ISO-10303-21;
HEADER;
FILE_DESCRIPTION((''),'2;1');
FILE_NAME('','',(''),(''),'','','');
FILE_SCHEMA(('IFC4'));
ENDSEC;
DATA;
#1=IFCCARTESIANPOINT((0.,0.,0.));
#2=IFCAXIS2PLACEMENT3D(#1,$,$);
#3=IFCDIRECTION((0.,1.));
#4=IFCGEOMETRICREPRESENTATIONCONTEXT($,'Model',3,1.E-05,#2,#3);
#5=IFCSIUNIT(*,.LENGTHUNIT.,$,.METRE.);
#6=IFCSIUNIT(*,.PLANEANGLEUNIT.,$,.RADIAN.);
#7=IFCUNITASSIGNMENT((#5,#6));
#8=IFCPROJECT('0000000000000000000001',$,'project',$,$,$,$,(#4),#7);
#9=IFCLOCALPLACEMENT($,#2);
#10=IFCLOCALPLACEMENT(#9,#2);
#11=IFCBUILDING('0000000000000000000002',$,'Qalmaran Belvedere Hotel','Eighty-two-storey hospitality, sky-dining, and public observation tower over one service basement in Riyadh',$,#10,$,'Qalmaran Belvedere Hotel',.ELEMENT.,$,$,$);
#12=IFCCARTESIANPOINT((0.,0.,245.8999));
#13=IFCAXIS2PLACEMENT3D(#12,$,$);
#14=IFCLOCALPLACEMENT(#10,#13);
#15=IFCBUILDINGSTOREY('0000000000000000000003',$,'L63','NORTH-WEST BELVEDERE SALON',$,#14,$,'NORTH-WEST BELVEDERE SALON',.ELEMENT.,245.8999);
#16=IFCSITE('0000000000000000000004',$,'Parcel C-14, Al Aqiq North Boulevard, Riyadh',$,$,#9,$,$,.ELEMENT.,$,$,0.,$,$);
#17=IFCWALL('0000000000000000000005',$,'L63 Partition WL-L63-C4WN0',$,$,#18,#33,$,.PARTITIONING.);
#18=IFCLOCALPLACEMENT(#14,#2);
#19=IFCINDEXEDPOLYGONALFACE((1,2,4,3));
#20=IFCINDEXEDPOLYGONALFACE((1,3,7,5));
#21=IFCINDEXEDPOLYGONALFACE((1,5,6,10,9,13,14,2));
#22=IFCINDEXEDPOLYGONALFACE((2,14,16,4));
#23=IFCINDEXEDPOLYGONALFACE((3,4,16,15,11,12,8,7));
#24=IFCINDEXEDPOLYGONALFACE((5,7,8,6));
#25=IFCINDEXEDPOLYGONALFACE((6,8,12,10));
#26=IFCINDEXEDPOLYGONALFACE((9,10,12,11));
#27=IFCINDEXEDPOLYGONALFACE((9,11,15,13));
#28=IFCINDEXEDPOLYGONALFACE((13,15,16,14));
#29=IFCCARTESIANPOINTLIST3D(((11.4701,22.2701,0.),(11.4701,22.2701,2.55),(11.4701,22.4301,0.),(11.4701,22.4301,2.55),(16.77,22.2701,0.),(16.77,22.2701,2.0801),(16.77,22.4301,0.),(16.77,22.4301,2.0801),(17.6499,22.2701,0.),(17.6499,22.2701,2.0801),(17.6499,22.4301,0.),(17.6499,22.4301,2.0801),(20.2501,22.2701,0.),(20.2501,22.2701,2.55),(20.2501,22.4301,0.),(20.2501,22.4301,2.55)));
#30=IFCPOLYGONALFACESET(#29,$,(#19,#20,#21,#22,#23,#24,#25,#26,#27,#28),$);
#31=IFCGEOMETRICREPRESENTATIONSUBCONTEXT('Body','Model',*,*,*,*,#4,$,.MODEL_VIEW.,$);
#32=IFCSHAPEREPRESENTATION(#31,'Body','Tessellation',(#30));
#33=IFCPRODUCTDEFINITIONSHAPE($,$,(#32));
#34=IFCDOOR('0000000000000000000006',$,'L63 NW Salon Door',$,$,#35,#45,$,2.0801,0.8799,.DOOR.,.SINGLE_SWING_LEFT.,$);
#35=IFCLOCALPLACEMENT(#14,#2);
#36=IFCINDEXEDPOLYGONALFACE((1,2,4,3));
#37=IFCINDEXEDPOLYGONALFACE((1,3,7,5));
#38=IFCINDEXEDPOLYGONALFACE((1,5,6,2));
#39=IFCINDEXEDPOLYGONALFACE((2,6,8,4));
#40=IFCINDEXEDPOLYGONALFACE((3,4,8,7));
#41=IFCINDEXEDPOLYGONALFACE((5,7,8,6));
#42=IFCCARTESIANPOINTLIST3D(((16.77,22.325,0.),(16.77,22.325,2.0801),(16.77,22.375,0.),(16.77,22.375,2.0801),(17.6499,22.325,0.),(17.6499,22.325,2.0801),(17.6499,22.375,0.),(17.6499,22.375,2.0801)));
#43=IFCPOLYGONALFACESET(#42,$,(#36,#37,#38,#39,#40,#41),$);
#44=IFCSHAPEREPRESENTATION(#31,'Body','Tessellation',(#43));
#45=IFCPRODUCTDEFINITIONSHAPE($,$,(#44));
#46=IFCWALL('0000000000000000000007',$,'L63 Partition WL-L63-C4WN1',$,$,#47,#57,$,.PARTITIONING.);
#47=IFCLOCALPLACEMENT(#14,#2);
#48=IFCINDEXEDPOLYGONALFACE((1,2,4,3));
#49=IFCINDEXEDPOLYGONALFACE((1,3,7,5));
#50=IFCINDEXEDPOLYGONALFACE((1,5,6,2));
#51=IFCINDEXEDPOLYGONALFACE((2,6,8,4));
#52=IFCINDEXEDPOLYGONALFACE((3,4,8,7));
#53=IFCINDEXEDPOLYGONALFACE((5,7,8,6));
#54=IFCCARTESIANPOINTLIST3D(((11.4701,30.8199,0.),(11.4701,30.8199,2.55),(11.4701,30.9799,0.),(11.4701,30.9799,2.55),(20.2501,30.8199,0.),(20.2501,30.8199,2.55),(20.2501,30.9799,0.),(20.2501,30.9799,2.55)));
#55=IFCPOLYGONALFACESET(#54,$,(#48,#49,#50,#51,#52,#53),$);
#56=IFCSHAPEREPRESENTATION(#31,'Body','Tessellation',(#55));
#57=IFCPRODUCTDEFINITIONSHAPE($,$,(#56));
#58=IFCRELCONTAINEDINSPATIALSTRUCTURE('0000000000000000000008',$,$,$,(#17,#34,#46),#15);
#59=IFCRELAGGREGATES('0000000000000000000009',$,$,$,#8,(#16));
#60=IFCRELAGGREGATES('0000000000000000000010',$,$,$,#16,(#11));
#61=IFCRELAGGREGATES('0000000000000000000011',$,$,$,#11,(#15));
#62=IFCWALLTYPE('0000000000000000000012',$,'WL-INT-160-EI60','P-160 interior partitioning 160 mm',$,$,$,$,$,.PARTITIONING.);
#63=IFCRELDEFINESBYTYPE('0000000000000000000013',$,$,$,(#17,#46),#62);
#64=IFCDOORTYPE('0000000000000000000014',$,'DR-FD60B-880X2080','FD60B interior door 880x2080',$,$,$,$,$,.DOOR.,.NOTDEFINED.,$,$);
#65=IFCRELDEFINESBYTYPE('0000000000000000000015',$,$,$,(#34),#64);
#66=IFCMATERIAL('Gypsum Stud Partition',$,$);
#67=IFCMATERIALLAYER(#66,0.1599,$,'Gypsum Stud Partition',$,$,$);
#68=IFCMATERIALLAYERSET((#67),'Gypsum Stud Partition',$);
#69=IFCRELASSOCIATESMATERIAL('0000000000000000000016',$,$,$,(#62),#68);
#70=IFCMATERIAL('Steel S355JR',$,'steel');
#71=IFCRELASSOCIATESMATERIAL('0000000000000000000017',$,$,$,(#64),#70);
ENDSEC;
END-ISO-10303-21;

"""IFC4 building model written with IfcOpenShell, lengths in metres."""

from ifc_helpers import new_model, si_unit, direction, frame, frame_2d, origin, place, context, subcontext, project, spatial, rectangle, extrude, material, layer, layer_set, type_object, element, fill, save


model = new_model("IFC4")

# Units and contexts
model_context = context("Model", 3, precision=1e-05, world=origin(), true_north=direction((0.0, 1.0)))
body_context = subcontext(model_context, "Body", "Model", "MODEL_VIEW")
ifc_project = project(units=[si_unit("LENGTHUNIT", "METRE"), si_unit("PLANEANGLEUNIT", "RADIAN")], contexts=[model_context])

# Site, building, storey
site_placement = place(None, origin())
site = spatial("IfcSite", under=ifc_project, at=site_placement, Name="Parcel C-14, Al Aqiq North Boulevard, Riyadh", CompositionType="ELEMENT", RefElevation=0.0)
building_placement = place(site_placement, origin())
building = spatial("IfcBuilding", under=site, at=building_placement, Name="Qalmaran Belvedere Hotel", Description="Eighty-two-storey hospitality, sky-dining, and public observation tower over one service basement in Riyadh", LongName="Qalmaran Belvedere Hotel", CompositionType="ELEMENT")
storey_placement = place(building_placement, frame((0.0, 0.0, 245.8999)))
storey = spatial("IfcBuildingStorey", under=building, at=storey_placement, Name="L63", Description="NORTH-WEST BELVEDERE SALON", LongName="NORTH-WEST BELVEDERE SALON", CompositionType="ELEMENT", Elevation=245.8999)

# Shared definitions
ifc_material_1 = material(Name="Steel S355JR", Category="steel")

# Shared definitions
ifc_material_2 = material(Name="Gypsum Stud Partition")
ifc_layer_1 = layer(ifc_material_2, 0.1599, Name="Gypsum Stud Partition")
ifc_layer_set_1 = layer_set([ifc_layer_1], Name="Gypsum Stud Partition")
wall_type = type_object("IfcWallType", Name="WL-INT-160-EI60", Description="P-160 interior partitioning 160 mm", PredefinedType="PARTITIONING", material=ifc_layer_set_1)

# Wall, opening, door
wall_1_placement = place(storey_placement, frame((11.47, 22.3501, 0.0), z_axis=(0.0, 0.0, 1.0), x_axis=(1.0, 0.0, 0.0)))
wall_1 = element("IfcWall", 1, at=wall_1_placement, inside=storey, type_object=wall_type, Name="L63 Partition WL-L63-C4WN0", PredefinedType="PARTITIONING", context=body_context, shape_type="SweptSolid", body=[
    extrude(rectangle(XDim=8.78, YDim=0.1599, at=frame_2d((4.3901, 0.0))), origin(), (0.0, 0.0, 1.0), 2.55),
])
opening_placement = place(wall_1_placement, frame((5.3, 0.0, 0.0)))
opening = element("IfcOpeningElement", 2, at=opening_placement, cuts=wall_1, PredefinedType="OPENING", context=body_context, shape_type="SweptSolid", body=[
    extrude(rectangle(XDim=0.8799, YDim=2.0801, at=frame_2d((0.4399, 1.04))), frame((0.0, 0.0898, 0.0), z_axis=(0.0, -1.0, 0.0), x_axis=(1.0, 0.0, 0.0)), (0.0, 0.0, 1.0), 0.1799),
])
door_type = type_object("IfcDoorType", Name="DR-FD60B-880X2080", Description="FD60B interior door 880x2080", OperationType="NOTDEFINED", PredefinedType="DOOR", material=ifc_material_1)
door_placement = place(opening_placement, origin())
door = element("IfcDoor", 3, at=door_placement, inside=storey, type_object=door_type, Name="L63 NW Salon Door", OperationType="SINGLE_SWING_LEFT", OverallHeight=2.0801, OverallWidth=0.8799, PredefinedType="DOOR", context=body_context, shape_type="SweptSolid", body=[
    extrude(rectangle(XDim=0.8799, YDim=2.0801, at=frame_2d((0.4399, 1.04))), frame((0.0, 0.0249, 0.0), z_axis=(0.0, -1.0, 0.0), x_axis=(1.0, 0.0, 0.0)), (0.0, 0.0, 1.0), 0.05),
])
fill(opening, door)

# Wall
wall_2_placement = place(storey_placement, frame((11.47, 30.8999, 0.0), z_axis=(0.0, 0.0, 1.0), x_axis=(1.0, 0.0, 0.0)))
element("IfcWall", 4, at=wall_2_placement, inside=storey, type_object=wall_type, Name="L63 Partition WL-L63-C4WN1", PredefinedType="PARTITIONING", context=body_context, shape_type="SweptSolid", body=[
    extrude(rectangle(XDim=8.78, YDim=0.1599, at=frame_2d((4.3901, 0.0))), origin(), (0.0, 0.0, 1.0), 2.55),
])

save(model, "model.ifc")
